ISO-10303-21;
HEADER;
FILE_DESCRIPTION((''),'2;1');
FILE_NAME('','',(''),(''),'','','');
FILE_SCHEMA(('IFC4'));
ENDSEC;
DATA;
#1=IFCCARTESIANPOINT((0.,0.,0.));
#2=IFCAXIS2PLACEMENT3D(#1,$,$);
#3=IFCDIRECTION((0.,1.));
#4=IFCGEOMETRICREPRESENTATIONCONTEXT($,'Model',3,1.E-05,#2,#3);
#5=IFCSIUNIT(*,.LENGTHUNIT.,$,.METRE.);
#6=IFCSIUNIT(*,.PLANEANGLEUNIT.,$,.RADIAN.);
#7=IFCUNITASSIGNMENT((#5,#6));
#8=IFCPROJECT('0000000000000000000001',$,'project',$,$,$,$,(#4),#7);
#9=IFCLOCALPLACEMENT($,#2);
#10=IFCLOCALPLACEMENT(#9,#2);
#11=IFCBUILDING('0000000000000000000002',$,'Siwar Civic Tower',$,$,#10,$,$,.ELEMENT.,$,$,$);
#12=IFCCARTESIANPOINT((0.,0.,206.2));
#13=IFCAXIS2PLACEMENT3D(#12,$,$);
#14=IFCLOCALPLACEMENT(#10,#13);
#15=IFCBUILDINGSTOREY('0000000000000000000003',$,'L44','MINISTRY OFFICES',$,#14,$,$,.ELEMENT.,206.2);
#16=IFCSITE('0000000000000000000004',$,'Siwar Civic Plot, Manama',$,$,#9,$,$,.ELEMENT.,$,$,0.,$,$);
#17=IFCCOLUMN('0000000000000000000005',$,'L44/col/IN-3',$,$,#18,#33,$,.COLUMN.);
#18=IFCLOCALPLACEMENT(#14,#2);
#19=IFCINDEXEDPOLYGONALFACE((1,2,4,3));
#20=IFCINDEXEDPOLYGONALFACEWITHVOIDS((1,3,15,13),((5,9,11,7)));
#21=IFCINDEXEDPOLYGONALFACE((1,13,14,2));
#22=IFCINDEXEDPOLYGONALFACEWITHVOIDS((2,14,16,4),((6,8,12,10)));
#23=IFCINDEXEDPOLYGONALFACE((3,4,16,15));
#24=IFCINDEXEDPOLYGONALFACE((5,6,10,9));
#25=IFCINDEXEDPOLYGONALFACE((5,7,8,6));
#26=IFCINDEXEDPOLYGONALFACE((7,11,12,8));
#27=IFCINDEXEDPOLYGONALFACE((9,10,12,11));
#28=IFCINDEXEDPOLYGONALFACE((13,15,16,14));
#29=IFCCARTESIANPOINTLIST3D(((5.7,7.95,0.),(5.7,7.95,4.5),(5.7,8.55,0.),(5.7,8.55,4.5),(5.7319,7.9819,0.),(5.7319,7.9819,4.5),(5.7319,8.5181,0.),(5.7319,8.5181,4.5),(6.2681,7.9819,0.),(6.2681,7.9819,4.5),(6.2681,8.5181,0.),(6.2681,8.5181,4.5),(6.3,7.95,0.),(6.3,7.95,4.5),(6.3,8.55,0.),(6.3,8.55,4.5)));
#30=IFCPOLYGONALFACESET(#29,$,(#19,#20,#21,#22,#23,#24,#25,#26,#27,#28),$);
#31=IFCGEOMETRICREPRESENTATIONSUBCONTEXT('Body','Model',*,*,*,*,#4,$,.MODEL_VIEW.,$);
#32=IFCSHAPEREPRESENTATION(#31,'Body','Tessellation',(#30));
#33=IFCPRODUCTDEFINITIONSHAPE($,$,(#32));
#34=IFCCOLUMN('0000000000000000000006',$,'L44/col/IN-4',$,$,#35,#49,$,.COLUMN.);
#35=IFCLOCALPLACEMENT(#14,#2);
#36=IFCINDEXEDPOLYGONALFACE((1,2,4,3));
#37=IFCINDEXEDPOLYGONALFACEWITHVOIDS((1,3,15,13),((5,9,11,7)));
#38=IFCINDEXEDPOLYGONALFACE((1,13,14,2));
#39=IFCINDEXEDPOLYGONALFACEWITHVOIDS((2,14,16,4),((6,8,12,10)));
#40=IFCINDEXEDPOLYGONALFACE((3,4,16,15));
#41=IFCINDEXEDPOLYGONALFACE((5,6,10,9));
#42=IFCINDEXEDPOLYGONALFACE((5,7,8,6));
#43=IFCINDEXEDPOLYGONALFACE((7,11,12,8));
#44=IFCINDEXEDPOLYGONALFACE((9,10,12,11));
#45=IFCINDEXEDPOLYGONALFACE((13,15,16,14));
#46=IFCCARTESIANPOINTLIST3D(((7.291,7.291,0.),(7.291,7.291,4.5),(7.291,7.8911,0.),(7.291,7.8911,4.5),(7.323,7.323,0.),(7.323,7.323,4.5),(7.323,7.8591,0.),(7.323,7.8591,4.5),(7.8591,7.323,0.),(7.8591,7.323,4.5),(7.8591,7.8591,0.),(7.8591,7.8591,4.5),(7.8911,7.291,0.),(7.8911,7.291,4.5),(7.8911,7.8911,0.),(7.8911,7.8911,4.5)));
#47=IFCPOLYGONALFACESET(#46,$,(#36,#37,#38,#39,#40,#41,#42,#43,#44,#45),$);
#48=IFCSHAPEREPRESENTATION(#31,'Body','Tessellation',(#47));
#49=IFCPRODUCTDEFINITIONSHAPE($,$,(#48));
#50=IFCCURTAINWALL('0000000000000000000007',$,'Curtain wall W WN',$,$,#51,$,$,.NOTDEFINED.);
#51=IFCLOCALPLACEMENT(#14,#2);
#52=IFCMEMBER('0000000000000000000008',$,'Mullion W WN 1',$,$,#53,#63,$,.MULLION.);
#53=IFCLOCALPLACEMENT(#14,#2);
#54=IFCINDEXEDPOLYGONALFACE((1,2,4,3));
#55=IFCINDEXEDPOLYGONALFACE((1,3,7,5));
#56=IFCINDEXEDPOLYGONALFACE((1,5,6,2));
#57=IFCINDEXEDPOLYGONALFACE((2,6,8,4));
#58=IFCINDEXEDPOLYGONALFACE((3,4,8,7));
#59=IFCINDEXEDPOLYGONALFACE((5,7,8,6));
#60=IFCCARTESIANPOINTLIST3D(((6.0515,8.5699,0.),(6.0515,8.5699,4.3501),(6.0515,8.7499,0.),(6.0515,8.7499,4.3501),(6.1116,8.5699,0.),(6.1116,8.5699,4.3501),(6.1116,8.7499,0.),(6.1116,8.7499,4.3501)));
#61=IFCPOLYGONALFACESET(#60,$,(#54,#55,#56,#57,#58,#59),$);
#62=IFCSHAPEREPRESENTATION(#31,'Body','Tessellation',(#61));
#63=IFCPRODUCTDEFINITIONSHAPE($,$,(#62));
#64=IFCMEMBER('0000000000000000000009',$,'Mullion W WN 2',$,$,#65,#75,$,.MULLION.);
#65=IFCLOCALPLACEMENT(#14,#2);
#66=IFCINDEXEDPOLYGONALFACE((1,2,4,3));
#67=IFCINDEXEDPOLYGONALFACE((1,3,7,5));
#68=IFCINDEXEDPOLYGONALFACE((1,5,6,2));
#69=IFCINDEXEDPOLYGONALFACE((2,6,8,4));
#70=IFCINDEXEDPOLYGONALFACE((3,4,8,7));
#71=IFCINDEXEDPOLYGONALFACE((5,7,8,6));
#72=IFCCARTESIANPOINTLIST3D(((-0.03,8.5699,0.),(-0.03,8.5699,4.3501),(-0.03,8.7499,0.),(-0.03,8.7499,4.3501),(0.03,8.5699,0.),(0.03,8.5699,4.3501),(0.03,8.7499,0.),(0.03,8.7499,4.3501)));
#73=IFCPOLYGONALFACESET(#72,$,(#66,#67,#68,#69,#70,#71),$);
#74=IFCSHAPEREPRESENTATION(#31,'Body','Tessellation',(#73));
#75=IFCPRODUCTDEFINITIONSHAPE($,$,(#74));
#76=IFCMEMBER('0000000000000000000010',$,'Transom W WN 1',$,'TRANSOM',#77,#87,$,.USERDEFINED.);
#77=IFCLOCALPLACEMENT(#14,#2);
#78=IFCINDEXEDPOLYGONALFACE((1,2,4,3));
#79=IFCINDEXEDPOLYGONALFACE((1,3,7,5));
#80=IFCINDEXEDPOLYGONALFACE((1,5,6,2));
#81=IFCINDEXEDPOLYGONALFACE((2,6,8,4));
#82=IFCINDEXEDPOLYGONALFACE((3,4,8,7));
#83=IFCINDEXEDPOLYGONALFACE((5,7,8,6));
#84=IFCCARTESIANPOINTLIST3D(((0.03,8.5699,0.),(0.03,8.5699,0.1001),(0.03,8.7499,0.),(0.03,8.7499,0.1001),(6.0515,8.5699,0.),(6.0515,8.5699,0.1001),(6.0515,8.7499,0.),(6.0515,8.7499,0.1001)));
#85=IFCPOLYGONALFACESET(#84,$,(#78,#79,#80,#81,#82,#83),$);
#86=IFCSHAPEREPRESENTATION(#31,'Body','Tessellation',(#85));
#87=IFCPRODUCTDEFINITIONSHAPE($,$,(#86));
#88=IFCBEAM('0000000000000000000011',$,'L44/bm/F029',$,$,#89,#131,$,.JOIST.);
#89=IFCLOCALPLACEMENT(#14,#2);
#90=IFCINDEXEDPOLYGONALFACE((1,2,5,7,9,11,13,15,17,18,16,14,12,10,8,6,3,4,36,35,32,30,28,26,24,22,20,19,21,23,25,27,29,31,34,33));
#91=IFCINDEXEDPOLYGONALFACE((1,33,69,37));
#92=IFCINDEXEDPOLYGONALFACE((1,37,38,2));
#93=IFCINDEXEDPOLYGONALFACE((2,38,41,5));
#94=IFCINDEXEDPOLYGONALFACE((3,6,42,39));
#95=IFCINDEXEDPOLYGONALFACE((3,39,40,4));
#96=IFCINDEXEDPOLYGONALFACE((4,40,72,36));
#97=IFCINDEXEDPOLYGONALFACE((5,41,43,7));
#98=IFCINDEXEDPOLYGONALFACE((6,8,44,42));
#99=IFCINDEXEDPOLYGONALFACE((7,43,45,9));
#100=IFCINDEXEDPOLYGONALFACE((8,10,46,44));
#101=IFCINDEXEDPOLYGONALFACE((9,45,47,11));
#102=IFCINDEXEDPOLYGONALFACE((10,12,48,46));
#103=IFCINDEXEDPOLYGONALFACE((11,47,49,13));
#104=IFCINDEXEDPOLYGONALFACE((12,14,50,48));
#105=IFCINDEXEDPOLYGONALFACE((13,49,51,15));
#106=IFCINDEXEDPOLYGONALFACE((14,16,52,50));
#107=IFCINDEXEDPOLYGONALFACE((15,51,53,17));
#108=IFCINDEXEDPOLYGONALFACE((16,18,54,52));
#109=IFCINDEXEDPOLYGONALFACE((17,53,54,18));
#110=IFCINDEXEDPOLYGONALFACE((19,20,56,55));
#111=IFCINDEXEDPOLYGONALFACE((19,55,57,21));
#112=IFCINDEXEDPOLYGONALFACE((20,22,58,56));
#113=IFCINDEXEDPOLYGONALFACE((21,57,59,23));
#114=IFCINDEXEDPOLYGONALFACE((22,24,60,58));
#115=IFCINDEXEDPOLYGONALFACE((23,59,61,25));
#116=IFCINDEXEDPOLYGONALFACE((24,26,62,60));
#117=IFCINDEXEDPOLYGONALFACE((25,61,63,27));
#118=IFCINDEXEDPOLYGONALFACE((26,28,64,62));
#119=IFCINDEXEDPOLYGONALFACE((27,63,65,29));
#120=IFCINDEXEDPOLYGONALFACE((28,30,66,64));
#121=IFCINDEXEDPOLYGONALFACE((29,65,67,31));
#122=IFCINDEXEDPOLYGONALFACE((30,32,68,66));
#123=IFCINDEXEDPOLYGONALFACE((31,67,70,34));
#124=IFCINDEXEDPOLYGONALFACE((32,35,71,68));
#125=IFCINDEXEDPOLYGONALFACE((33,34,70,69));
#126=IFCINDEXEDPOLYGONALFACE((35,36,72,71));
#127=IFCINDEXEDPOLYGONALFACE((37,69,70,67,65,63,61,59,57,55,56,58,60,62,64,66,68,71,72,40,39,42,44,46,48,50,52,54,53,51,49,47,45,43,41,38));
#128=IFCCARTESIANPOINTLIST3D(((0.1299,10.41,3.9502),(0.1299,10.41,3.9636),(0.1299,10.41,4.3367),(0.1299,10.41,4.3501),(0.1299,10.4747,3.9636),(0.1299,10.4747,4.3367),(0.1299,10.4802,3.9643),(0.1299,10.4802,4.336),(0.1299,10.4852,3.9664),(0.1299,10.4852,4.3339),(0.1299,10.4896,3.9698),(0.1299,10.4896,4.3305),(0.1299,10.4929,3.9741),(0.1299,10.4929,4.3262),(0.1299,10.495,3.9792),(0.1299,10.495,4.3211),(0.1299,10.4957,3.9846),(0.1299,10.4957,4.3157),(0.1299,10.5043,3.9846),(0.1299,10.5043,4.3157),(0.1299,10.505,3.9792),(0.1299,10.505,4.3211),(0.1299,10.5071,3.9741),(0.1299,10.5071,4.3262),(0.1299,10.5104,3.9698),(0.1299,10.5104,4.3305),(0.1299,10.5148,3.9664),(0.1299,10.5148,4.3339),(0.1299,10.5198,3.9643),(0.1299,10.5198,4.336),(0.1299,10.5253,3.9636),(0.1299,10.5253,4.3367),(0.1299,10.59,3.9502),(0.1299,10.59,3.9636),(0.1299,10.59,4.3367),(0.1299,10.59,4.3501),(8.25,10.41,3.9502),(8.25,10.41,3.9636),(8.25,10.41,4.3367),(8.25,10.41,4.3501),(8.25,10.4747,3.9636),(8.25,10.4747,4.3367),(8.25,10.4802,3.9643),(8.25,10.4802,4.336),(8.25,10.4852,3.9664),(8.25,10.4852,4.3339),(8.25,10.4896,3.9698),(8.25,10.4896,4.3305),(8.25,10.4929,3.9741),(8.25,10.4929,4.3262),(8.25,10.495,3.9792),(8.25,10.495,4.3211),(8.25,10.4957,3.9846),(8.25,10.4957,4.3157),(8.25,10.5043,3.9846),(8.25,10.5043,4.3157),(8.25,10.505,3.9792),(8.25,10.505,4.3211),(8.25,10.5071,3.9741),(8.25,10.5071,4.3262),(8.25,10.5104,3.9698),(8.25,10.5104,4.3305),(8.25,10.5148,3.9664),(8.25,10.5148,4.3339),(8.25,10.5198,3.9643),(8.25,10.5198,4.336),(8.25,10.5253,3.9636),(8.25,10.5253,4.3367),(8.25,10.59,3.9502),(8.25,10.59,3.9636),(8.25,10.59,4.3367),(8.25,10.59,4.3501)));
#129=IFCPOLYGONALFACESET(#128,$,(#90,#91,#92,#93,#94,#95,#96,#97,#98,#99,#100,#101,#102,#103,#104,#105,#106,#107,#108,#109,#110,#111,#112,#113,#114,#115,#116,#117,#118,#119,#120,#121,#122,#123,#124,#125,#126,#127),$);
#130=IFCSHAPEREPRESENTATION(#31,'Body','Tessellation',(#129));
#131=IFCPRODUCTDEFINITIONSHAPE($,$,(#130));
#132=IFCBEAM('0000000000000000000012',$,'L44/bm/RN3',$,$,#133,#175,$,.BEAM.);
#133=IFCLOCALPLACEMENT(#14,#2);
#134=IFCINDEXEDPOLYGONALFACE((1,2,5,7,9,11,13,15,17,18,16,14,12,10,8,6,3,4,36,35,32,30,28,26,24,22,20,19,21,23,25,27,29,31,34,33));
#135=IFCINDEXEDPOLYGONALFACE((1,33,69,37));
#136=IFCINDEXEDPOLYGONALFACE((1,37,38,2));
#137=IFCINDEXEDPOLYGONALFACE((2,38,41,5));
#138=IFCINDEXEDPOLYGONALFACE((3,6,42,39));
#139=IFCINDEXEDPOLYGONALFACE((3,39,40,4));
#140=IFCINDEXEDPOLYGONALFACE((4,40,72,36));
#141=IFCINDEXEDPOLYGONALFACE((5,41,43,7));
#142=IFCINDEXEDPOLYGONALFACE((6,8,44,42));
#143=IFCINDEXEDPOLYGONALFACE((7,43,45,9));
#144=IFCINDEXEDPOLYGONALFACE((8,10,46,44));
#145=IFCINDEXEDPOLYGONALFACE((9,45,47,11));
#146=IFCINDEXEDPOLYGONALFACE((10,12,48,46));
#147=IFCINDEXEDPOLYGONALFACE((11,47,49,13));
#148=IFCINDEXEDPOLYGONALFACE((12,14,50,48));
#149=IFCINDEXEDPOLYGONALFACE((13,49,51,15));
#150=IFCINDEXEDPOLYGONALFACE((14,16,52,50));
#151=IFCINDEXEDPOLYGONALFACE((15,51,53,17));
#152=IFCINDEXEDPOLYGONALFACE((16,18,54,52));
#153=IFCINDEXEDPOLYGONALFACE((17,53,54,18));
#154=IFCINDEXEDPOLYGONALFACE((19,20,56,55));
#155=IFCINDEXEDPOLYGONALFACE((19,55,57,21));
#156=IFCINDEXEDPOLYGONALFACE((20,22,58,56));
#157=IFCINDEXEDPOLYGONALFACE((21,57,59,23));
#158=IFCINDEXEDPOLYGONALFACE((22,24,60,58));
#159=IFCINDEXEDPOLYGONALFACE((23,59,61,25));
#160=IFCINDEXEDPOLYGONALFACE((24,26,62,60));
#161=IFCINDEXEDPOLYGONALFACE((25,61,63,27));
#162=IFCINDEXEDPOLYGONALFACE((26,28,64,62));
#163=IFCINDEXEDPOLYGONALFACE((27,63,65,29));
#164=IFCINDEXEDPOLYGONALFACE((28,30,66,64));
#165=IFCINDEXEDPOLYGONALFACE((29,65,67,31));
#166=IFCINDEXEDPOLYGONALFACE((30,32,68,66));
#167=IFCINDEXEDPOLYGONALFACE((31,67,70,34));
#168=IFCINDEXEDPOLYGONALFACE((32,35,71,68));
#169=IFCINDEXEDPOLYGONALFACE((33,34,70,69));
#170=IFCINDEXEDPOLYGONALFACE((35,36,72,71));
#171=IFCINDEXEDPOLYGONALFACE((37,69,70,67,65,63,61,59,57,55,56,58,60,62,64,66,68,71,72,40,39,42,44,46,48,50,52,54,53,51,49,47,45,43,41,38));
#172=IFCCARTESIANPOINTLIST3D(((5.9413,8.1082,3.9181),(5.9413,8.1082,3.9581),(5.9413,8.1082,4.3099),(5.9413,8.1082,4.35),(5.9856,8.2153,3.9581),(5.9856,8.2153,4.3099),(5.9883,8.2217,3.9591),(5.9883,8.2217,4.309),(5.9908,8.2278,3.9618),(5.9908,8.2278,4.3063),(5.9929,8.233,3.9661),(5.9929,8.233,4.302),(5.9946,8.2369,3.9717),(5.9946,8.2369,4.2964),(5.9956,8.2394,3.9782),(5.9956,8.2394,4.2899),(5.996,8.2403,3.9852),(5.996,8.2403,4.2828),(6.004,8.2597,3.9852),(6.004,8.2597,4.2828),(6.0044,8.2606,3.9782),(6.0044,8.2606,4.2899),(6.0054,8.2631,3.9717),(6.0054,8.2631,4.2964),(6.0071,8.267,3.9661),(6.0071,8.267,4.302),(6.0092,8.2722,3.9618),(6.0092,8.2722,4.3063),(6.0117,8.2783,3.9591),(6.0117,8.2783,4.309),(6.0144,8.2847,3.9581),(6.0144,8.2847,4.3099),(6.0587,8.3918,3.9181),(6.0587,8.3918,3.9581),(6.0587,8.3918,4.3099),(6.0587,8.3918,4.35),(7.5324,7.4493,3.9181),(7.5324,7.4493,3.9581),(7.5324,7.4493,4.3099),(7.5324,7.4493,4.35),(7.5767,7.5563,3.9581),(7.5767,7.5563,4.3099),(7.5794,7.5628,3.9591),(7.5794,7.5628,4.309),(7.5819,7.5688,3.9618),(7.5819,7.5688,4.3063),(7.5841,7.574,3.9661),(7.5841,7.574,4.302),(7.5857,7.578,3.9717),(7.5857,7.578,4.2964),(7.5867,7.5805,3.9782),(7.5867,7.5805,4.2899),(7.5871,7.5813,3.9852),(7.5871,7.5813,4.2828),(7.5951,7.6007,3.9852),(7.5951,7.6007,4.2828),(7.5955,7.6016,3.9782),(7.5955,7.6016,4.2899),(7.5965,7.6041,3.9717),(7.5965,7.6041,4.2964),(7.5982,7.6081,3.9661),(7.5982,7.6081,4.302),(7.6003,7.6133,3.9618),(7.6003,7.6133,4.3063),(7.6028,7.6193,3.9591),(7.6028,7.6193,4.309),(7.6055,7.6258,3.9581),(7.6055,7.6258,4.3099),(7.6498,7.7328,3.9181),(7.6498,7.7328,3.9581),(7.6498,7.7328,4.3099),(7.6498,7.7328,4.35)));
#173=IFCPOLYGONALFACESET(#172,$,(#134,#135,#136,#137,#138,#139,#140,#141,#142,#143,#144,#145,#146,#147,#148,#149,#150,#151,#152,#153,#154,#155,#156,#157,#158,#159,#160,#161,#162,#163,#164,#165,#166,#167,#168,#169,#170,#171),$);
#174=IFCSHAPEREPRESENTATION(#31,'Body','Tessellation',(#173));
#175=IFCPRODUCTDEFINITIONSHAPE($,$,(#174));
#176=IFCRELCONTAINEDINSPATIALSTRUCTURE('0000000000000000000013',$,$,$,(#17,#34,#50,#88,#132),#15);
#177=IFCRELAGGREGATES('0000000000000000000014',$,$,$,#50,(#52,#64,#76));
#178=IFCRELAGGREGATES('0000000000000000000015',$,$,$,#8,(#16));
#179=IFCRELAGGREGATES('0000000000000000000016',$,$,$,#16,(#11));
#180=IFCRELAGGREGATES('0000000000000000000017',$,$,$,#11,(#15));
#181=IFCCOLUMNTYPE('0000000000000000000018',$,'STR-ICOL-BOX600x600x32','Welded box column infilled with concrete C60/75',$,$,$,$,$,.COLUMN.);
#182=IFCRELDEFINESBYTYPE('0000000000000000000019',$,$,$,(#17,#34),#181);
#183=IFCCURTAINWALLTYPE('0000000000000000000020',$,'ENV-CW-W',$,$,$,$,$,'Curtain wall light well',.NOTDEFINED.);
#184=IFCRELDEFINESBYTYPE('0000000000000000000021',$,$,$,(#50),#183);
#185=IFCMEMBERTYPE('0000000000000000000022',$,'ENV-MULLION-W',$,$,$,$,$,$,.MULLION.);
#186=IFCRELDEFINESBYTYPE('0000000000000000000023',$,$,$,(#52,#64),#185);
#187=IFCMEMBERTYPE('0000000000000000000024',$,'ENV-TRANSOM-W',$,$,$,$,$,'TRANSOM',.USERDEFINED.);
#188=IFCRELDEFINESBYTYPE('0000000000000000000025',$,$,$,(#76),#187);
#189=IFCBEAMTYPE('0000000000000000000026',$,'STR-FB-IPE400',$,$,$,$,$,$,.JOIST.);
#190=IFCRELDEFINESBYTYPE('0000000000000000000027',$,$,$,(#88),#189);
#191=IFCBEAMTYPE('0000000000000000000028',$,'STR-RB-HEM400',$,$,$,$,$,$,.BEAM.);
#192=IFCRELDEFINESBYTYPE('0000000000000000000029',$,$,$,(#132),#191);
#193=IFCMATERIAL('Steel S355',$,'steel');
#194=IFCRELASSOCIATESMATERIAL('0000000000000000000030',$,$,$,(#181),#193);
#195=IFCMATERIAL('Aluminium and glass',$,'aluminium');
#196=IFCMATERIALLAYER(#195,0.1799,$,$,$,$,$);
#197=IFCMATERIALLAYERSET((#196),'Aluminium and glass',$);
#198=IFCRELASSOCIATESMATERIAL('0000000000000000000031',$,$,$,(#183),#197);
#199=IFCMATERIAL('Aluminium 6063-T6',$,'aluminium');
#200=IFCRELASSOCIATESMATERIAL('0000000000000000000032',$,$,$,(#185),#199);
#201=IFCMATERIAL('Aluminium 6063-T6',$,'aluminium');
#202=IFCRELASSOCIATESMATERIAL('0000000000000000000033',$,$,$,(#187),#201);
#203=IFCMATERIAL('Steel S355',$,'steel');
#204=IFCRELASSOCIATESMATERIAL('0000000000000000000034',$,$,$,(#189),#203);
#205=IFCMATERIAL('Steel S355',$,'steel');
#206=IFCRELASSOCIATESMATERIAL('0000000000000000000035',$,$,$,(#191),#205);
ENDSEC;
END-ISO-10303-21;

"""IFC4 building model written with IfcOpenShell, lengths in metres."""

from ifc_helpers import new_model, si_unit, direction, frame, origin, origin_2d, place, context, subcontext, project, spatial, rectangle, hollow_rectangle, i_section, extrude, material, layer, layer_set, material_profile, profile_set, type_object, element, aggregate, save


model = new_model("IFC4")

# Units and contexts
model_context = context("Model", 3, precision=1e-05, world=origin(), true_north=direction((0.0, 1.0)))
body_context = subcontext(model_context, "Body", "Model", "MODEL_VIEW")
ifc_project = project(units=[si_unit("LENGTHUNIT", "METRE"), si_unit("PLANEANGLEUNIT", "RADIAN")], contexts=[model_context])

# Site, building, storey
site_placement = place(None, origin())
site = spatial("IfcSite", under=ifc_project, at=site_placement, Name="Siwar Civic Plot, Manama", CompositionType="ELEMENT", RefElevation=0.0)
building_placement = place(site_placement, origin())
building = spatial("IfcBuilding", under=site, at=building_placement, Name="Siwar Civic Tower", CompositionType="ELEMENT")
storey_placement = place(building_placement, frame((0.0, 0.0, 206.2)))
storey = spatial("IfcBuildingStorey", under=building, at=storey_placement, Name="L44", Description="MINISTRY OFFICES", CompositionType="ELEMENT", Elevation=206.2)

# Columns
ifc_material_1 = material(Name="Steel S355", Category="steel")
ifc_material_profile_1 = material_profile(ifc_material_1, hollow_rectangle(XDim=0.6001, YDim=0.6001, WallThickness=0.032, at=origin_2d()), Name="BOX600x600x32")
ifc_profile_set_1 = profile_set([ifc_material_profile_1], Name="Steel S355")
column_type = type_object("IfcColumnType", Name="STR-ICOL-BOX600x600x32", Description="Welded box column infilled with concrete C60/75", PredefinedType="COLUMN", material=ifc_profile_set_1)
for number, where, z_axis, x_axis, name in (
    (1, (6.0, 8.25, 0.0), (0.0, 0.0, 1.0), (1.0, 0.0, 0.0), "L44/col/IN-3"),
    (2, (7.5911, 7.5911, 0.0), (0.0, 0.0, 1.0), (1.0, 0.0, 0.0), "L44/col/IN-4"),
):
    element("IfcColumn", number, at=place(storey_placement, frame(where, z_axis=z_axis, x_axis=x_axis)), inside=storey, type_object=column_type, Name=name, PredefinedType="COLUMN", context=body_context, shape_type="SweptSolid", body=[
        extrude(hollow_rectangle(XDim=0.6001, YDim=0.6001, WallThickness=0.032, at=origin_2d()), origin(), (0.0, 0.0, 1.0), 4.5),
    ])

# Curtain wall, members
ifc_material_2 = material(Name="Aluminium and glass", Category="aluminium")
ifc_layer_1 = layer(ifc_material_2, 0.1799)
ifc_layer_set_1 = layer_set([ifc_layer_1], Name="Aluminium and glass")
curtain_wall_type = type_object("IfcCurtainWallType", Name="ENV-CW-W", ElementType="Curtain wall light well", PredefinedType="NOTDEFINED", material=ifc_layer_set_1)
curtain_wall_placement = place(storey_placement, origin())
curtain_wall = element("IfcCurtainWall", 3, at=curtain_wall_placement, inside=storey, type_object=curtain_wall_type, Name="Curtain wall W WN", PredefinedType="NOTDEFINED")
ifc_material_3 = material(Name="Aluminium 6063-T6", Category="aluminium")
ifc_material_profile_2 = material_profile(ifc_material_3, rectangle(XDim=0.1799, YDim=0.0601, at=origin_2d()), Name="AL 180x60")
ifc_profile_set_2 = profile_set([ifc_material_profile_2], Name="Aluminium 6063-T6")
member_type_1 = type_object("IfcMemberType", Name="ENV-MULLION-W", PredefinedType="MULLION", material=ifc_profile_set_2)
member_1_placement = place(storey_placement, frame((6.0815, 8.6599, 0.0), z_axis=(0.0, 0.0, 1.0), x_axis=(0.0, -1.0, 0.0)))
member_1 = element("IfcMember", 4, at=member_1_placement, type_object=member_type_1, Name="Mullion W WN 1", PredefinedType="MULLION", context=body_context, shape_type="SweptSolid", body=[
    extrude(rectangle(XDim=0.1799, YDim=0.0601, at=origin_2d()), origin(), (0.0, 0.0, 1.0), 4.3501),
])
member_2_placement = place(storey_placement, frame((0.0, 8.6599, 0.0), z_axis=(0.0, 0.0, 1.0), x_axis=(0.0, -1.0, 0.0)))
member_2 = element("IfcMember", 5, at=member_2_placement, type_object=member_type_1, Name="Mullion W WN 2", PredefinedType="MULLION", context=body_context, shape_type="SweptSolid", body=[
    extrude(rectangle(XDim=0.1799, YDim=0.0601, at=origin_2d()), origin(), (0.0, 0.0, 1.0), 4.3501),
])
ifc_material_4 = material(Name="Aluminium 6063-T6", Category="aluminium")
ifc_material_profile_3 = material_profile(ifc_material_4, rectangle(XDim=0.1799, YDim=0.1001, at=origin_2d()), Name="AL 180x100")
ifc_profile_set_3 = profile_set([ifc_material_profile_3], Name="Aluminium 6063-T6")
member_type_2 = type_object("IfcMemberType", Name="ENV-TRANSOM-W", ElementType="TRANSOM", PredefinedType="USERDEFINED", material=ifc_profile_set_3)
member_3_placement = place(storey_placement, frame((6.0515, 8.6599, 0.05), z_axis=(-1.0, 0.0, 0.0), x_axis=(0.0, -1.0, 0.0)))
member_3 = element("IfcMember", 6, at=member_3_placement, type_object=member_type_2, Name="Transom W WN 1", ObjectType="TRANSOM", PredefinedType="USERDEFINED", context=body_context, shape_type="SweptSolid", body=[
    extrude(rectangle(XDim=0.1799, YDim=0.1001, at=origin_2d()), origin(), (0.0, 0.0, 1.0), 6.0215),
])

# Beams
ifc_material_5 = material(Name="Steel S355", Category="steel")
ifc_material_profile_4 = material_profile(ifc_material_5, i_section(OverallWidth=0.1799, OverallDepth=0.3999, WebThickness=0.0085, FlangeThickness=0.0134, FilletRadius=0.021, at=origin_2d()), Name="IPE400")
ifc_profile_set_4 = profile_set([ifc_material_profile_4], Name="Steel S355")
beam_type_1 = type_object("IfcBeamType", Name="STR-FB-IPE400", PredefinedType="JOIST", material=ifc_profile_set_4)
beam_placement = place(storey_placement, frame((0.1299, 10.5, 4.1501), z_axis=(1.0, 0.0, 0.0), x_axis=(0.0, 1.0, 0.0)))
element("IfcBeam", 7, at=beam_placement, inside=storey, type_object=beam_type_1, Name="L44/bm/F029", PredefinedType="JOIST", context=body_context, shape_type="SweptSolid", body=[
    extrude(i_section(OverallWidth=0.1799, OverallDepth=0.3999, WebThickness=0.0085, FlangeThickness=0.0134, FilletRadius=0.021, at=origin_2d()), origin(), (0.0, 0.0, 1.0), 8.1201),
])
ifc_material_6 = material(Name="Steel S355", Category="steel")
ifc_material_profile_5 = material_profile(ifc_material_6, i_section(OverallWidth=0.3069, OverallDepth=0.4319, WebThickness=0.021, FlangeThickness=0.04, FilletRadius=0.0271, at=origin_2d()), Name="HEM400")
ifc_profile_set_5 = profile_set([ifc_material_profile_5], Name="Steel S355")
beam_type_2 = type_object("IfcBeamType", Name="STR-RB-HEM400", PredefinedType="BEAM", material=ifc_profile_set_5)
for number, where, z_axis, x_axis, name in (
    (8, (6.0, 8.25, 4.134), (0.923901, -0.382631, 0.0), (0.382631, 0.923901, 0.0), "L44/bm/RN3"),
):
    element("IfcBeam", number, at=place(storey_placement, frame(where, z_axis=z_axis, x_axis=x_axis)), inside=storey, type_object=beam_type_2, Name=name, PredefinedType="BEAM", context=body_context, shape_type="SweptSolid", body=[
        extrude(i_section(OverallWidth=0.3069, OverallDepth=0.4319, WebThickness=0.021, FlangeThickness=0.04, FilletRadius=0.0271, at=origin_2d()), origin(), (0.0, 0.0, 1.0), 1.7222),
    ])

aggregate(curtain_wall, [member_1, member_2, member_3])

save(model, "model.ifc")
